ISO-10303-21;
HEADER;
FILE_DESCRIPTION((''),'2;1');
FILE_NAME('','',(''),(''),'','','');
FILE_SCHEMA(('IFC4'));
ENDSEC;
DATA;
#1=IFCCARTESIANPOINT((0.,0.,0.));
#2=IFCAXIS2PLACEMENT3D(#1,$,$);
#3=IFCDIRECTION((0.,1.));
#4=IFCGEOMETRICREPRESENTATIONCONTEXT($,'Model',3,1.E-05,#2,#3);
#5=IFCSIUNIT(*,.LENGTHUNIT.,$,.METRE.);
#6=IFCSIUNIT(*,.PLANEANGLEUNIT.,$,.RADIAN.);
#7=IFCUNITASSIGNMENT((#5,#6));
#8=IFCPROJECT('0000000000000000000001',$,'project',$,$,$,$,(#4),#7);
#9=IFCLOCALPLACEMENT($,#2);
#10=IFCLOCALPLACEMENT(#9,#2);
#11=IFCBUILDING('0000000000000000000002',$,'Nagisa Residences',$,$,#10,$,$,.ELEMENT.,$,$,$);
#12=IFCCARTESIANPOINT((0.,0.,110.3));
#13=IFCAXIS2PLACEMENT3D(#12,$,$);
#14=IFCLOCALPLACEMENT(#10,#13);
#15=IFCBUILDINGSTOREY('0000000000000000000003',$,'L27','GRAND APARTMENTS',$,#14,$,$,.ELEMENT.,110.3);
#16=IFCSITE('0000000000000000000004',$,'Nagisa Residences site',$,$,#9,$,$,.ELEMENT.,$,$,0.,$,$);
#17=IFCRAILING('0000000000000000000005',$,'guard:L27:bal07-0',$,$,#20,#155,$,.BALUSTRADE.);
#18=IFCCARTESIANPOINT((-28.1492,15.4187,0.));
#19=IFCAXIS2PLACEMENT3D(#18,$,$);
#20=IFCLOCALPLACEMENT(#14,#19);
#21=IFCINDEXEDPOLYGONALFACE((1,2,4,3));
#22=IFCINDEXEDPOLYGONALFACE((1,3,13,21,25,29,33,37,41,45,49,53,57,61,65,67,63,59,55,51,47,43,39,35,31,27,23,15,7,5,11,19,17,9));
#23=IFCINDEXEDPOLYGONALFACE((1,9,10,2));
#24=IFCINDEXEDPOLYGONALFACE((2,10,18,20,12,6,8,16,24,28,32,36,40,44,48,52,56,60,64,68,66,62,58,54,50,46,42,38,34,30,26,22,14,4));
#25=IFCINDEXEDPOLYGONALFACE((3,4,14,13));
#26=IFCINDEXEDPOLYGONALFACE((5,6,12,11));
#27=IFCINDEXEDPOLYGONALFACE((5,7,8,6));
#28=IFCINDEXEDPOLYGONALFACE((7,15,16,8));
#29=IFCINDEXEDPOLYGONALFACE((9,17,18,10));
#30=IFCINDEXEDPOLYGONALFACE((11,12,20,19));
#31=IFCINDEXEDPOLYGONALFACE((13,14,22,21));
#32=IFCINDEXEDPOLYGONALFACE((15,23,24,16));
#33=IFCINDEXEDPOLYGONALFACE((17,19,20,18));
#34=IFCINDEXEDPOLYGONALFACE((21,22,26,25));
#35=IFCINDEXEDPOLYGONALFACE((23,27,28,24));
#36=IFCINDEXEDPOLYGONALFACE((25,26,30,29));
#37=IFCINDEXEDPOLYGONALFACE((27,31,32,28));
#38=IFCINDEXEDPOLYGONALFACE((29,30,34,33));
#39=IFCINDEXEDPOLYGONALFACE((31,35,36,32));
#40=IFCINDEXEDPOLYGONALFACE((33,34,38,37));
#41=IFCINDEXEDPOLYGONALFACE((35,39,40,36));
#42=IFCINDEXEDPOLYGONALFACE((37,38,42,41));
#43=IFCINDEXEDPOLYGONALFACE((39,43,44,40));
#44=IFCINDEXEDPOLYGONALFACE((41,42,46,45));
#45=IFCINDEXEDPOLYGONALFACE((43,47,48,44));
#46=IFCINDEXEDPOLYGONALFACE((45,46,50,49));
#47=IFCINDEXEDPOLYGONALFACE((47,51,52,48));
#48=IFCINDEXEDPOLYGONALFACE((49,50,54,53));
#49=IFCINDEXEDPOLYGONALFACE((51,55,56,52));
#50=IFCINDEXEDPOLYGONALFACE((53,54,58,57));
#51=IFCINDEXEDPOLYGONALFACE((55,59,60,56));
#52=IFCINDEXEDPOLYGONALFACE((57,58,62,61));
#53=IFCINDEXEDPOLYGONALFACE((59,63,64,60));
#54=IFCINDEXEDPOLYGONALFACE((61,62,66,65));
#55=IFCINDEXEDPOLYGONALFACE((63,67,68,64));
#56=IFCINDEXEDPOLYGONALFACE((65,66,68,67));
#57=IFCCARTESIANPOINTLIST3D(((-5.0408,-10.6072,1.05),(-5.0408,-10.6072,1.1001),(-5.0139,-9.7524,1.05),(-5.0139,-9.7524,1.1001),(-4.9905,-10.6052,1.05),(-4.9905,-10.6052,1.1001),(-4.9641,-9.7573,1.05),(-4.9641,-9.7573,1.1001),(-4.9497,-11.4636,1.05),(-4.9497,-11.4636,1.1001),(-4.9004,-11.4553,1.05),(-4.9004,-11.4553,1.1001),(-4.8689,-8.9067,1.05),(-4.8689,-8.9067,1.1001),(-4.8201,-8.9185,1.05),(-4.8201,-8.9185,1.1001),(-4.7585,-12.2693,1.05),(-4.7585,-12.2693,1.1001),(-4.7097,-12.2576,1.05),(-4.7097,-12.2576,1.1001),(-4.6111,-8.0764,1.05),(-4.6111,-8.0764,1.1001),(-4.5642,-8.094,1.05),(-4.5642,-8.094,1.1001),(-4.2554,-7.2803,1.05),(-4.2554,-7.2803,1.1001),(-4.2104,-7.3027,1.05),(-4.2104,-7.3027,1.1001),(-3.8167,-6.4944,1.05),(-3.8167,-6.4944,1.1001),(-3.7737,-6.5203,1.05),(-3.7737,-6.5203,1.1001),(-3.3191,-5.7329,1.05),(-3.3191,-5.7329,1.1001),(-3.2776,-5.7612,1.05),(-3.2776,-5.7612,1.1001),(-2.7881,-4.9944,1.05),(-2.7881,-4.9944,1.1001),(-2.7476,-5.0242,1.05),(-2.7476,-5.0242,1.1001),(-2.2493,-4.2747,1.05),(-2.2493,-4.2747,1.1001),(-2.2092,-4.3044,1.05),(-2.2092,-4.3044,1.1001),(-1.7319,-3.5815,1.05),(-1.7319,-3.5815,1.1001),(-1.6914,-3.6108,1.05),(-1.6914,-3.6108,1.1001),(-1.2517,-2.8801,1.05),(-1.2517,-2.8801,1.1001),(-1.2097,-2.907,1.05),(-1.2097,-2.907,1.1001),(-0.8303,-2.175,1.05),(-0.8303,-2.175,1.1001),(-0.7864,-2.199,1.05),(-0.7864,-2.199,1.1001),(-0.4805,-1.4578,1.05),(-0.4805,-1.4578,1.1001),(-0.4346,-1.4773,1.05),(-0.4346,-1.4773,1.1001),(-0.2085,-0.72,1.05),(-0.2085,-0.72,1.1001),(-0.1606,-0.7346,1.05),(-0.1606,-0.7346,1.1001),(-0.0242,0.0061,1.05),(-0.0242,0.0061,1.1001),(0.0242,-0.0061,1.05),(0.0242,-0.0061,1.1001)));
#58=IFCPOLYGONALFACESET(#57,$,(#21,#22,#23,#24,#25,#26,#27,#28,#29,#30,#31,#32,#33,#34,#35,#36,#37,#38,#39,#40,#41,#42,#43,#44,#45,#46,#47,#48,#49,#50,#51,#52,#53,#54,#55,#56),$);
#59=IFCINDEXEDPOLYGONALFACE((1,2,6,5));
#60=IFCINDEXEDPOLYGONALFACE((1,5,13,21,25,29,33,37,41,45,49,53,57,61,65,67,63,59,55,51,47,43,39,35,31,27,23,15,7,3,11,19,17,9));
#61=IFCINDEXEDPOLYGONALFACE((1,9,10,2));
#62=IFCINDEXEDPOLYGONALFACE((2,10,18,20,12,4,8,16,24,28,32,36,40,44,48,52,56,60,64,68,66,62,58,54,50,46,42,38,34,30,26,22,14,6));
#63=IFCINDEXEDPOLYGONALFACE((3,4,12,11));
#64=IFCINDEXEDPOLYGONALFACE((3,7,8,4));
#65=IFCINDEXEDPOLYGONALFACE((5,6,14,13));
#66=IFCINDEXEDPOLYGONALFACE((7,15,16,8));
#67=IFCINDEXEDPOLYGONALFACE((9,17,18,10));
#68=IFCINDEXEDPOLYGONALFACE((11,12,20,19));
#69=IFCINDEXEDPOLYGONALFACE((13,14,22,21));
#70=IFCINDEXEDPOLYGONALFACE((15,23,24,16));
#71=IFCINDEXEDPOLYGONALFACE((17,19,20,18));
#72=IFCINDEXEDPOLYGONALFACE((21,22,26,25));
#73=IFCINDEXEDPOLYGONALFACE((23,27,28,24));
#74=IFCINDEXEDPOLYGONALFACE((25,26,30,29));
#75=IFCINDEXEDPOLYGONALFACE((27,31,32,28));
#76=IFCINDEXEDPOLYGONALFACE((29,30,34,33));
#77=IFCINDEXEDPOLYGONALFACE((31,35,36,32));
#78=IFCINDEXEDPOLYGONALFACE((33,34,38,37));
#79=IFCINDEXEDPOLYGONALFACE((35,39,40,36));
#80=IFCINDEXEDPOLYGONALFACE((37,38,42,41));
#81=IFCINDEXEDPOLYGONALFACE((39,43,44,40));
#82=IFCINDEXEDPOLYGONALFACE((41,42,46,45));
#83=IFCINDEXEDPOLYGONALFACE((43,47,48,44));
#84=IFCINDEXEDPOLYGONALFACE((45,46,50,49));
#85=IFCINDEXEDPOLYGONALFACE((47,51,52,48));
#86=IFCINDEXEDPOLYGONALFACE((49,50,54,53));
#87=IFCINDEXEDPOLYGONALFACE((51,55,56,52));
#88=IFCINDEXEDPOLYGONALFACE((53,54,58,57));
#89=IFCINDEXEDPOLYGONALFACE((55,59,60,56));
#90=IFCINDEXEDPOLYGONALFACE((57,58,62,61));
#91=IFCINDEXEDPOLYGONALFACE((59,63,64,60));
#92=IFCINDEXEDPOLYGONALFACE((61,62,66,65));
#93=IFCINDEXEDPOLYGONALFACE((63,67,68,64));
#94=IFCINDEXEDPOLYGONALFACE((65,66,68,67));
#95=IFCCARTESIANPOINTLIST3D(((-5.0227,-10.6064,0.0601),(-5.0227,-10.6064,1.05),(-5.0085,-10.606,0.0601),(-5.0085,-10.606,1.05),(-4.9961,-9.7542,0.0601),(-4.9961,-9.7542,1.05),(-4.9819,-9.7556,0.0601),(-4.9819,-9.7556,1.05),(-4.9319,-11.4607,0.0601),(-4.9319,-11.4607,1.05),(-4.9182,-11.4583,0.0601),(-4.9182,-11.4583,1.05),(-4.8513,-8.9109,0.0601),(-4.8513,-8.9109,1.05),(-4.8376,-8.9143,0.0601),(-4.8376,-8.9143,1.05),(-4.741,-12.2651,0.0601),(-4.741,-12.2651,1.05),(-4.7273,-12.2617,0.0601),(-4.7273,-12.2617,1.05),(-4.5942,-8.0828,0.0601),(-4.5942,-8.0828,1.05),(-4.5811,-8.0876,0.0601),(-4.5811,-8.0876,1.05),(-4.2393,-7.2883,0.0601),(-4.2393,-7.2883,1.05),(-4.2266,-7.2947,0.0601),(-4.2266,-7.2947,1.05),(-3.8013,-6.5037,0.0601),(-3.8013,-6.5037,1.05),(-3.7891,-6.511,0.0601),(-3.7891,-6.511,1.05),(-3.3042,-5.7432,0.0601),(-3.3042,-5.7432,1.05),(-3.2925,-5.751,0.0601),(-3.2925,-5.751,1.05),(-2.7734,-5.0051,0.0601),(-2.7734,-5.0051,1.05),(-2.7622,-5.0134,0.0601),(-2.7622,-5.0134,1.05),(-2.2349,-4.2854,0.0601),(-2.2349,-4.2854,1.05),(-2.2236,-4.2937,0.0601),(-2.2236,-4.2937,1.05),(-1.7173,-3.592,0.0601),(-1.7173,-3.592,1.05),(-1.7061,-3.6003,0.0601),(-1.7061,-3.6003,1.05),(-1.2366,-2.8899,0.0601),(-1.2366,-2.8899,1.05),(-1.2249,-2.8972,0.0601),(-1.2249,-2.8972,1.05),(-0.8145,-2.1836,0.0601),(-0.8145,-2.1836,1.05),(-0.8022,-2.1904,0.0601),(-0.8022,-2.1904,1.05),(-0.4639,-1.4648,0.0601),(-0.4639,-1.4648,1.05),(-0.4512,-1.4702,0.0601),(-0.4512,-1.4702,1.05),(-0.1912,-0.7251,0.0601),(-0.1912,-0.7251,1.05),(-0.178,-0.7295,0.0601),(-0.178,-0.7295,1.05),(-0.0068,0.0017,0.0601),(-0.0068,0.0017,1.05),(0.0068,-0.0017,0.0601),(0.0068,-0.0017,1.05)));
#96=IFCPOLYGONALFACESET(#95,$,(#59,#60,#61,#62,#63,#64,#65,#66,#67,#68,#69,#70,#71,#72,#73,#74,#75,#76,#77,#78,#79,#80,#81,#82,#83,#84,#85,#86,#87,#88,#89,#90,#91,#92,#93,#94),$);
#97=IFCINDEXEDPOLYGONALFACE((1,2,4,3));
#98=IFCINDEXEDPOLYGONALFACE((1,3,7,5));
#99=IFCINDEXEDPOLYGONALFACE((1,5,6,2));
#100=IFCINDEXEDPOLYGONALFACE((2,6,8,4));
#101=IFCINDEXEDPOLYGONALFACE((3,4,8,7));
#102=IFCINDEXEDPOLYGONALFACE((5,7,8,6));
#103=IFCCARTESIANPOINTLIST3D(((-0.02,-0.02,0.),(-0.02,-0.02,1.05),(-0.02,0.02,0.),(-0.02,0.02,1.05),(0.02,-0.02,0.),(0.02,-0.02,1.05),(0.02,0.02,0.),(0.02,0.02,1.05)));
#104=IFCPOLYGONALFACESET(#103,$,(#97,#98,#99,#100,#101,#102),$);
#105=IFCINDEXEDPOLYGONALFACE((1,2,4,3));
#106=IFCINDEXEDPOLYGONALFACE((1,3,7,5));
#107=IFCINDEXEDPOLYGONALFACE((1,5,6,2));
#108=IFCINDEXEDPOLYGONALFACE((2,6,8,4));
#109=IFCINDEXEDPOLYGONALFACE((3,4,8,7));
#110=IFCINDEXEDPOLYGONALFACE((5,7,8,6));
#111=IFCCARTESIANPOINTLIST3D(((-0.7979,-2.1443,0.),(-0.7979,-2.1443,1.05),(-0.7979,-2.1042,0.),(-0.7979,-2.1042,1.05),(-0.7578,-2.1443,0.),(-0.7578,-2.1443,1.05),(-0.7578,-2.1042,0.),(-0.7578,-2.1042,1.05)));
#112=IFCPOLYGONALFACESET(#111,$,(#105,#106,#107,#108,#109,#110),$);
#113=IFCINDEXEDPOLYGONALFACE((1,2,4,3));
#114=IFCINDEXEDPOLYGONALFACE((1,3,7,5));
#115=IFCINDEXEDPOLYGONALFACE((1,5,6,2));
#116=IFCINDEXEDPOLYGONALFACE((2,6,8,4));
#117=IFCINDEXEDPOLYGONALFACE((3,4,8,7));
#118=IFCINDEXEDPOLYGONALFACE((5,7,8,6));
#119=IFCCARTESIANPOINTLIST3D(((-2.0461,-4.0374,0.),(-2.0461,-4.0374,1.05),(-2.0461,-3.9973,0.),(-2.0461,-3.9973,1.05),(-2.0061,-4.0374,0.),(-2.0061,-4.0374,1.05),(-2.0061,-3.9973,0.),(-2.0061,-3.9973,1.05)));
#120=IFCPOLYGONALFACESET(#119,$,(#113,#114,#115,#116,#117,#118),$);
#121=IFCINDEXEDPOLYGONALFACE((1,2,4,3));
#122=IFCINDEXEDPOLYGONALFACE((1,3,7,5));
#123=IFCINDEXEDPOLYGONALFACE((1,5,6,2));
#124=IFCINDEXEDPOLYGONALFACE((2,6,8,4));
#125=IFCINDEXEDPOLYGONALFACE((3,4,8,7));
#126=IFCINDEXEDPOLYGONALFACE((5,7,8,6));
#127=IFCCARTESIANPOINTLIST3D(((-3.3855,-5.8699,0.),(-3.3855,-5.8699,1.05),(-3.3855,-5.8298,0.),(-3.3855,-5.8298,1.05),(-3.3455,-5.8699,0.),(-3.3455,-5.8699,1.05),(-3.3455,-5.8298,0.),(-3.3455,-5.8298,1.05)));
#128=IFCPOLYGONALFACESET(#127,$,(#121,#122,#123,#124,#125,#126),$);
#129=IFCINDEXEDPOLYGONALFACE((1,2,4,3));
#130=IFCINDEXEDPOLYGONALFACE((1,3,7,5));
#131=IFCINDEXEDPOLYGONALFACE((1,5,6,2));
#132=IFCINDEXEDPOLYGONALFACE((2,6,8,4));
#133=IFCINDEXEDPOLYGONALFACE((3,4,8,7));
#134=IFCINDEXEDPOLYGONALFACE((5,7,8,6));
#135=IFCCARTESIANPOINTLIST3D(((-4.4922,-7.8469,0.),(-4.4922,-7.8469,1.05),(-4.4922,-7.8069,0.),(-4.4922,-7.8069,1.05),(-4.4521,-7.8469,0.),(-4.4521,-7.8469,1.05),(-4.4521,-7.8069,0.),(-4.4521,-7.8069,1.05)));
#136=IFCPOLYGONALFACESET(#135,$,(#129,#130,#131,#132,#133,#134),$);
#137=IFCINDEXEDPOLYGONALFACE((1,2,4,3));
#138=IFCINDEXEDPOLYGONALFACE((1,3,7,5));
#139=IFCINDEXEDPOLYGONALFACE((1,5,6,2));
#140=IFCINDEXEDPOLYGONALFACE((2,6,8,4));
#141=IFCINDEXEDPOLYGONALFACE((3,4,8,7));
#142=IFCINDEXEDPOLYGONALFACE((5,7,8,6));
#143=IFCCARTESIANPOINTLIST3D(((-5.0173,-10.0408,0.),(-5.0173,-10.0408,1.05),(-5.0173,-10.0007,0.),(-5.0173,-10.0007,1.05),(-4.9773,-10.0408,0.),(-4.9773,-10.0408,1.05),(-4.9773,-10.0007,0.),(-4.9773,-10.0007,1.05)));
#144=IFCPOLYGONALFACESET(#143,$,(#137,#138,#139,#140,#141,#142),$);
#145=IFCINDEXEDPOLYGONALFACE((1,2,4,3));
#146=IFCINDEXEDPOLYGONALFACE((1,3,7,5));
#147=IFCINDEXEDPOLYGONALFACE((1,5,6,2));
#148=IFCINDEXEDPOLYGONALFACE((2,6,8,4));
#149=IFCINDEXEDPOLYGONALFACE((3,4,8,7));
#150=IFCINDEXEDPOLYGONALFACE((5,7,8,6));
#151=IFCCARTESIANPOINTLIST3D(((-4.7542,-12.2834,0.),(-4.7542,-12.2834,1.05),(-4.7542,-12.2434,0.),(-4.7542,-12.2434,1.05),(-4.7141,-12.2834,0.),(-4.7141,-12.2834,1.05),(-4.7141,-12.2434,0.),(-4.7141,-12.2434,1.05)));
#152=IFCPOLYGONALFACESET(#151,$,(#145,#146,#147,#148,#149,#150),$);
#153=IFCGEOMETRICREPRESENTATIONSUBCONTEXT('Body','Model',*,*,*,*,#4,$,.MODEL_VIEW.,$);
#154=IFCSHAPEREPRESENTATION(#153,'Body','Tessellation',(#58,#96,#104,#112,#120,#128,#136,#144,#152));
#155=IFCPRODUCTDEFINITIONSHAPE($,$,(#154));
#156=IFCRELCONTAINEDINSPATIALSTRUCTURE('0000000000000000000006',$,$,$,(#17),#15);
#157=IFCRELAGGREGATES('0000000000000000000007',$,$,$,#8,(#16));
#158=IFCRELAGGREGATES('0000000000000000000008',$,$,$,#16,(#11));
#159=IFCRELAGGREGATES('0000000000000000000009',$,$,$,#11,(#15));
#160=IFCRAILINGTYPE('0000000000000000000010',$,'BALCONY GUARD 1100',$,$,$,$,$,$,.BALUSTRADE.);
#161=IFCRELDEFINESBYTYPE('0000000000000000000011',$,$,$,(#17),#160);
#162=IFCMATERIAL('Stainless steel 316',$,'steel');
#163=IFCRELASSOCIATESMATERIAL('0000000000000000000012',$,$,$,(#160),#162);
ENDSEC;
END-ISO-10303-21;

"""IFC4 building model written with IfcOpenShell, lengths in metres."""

from ifc_helpers import new_model, si_unit, direction, frame, origin, origin_2d, place, context, subcontext, project, spatial, polyline, rectangle, outline, extrude, material, type_object, element, save


model = new_model("IFC4")

# Units and contexts
model_context = context("Model", 3, precision=1e-05, world=origin(), true_north=direction((0.0, 1.0)))
body_context = subcontext(model_context, "Body", "Model", "MODEL_VIEW")
ifc_project = project(units=[si_unit("LENGTHUNIT", "METRE"), si_unit("PLANEANGLEUNIT", "RADIAN")], contexts=[model_context])

# Site, building, storey
site_placement = place(None, origin())
site = spatial("IfcSite", under=ifc_project, at=site_placement, Name="Nagisa Residences site", CompositionType="ELEMENT", RefElevation=0.0)
building_placement = place(site_placement, origin())
building = spatial("IfcBuilding", under=site, at=building_placement, Name="Nagisa Residences", CompositionType="ELEMENT")
storey_placement = place(building_placement, frame((0.0, 0.0, 110.3)))
storey = spatial("IfcBuildingStorey", under=building, at=storey_placement, Name="L27", Description="GRAND APARTMENTS", CompositionType="ELEMENT", Elevation=110.3)

# Railing
ifc_material_1 = material(Name="Stainless steel 316", Category="steel")
railing_type = type_object("IfcRailingType", Name="BALCONY GUARD 1100", PredefinedType="BALUSTRADE", material=ifc_material_1)
railing_1_placement = place(storey_placement, frame((-28.1492, 15.4187, 0.0)))
element("IfcRailing", 1, at=railing_1_placement, inside=storey, type_object=railing_type, Name="guard:L27:bal07-0", PredefinedType="BALUSTRADE", context=body_context, shape_type="SweptSolid", body=[
    extrude(outline(polyline([(-0.1606, -0.7346), (0.0242, -0.0061), (-0.0242, 0.0061), (-0.2085, -0.72), (-0.4805, -1.4578), (-0.8303, -2.175), (-1.2517, -2.8801), (-1.7319, -3.5815), (-2.2493, -4.2747), (-2.7881, -4.9944), (-3.3191, -5.7329), (-3.8167, -6.4944), (-4.2554, -7.2803), (-4.6111, -8.0764), (-4.8689, -8.9067), (-5.0139, -9.7524), (-5.0408, -10.6072), (-4.9497, -11.4636), (-4.7585, -12.2693), (-4.7097, -12.2576), (-4.9004, -11.4553), (-4.9905, -10.6052), (-4.9641, -9.7573), (-4.8201, -8.9185), (-4.5642, -8.094), (-4.2104, -7.3027), (-3.7737, -6.5203), (-3.2776, -5.7612), (-2.7476, -5.0242), (-2.2092, -4.3044), (-1.6914, -3.6108), (-1.2097, -2.907), (-0.7864, -2.199), (-0.4346, -1.4773), (-0.1606, -0.7346)])), frame((0.0, 0.0, 1.05)), (0.0, 0.0, 1.0), 0.05),
    extrude(outline(polyline([(-0.178, -0.7295), (0.0068, -0.0017), (-0.0068, 0.0017), (-0.1912, -0.7251), (-0.4639, -1.4648), (-0.8145, -2.1836), (-1.2366, -2.8899), (-1.7173, -3.592), (-2.2349, -4.2854), (-2.7734, -5.0051), (-3.3042, -5.7432), (-3.8013, -6.5037), (-4.2393, -7.2883), (-4.5942, -8.0828), (-4.8513, -8.9109), (-4.9961, -9.7542), (-5.0227, -10.6064), (-4.9319, -11.4607), (-4.741, -12.2651), (-4.7273, -12.2617), (-4.9182, -11.4583), (-5.0085, -10.606), (-4.9819, -9.7556), (-4.8376, -8.9143), (-4.5811, -8.0876), (-4.2266, -7.2947), (-3.7891, -6.511), (-3.2925, -5.751), (-2.7622, -5.0134), (-2.2236, -4.2937), (-1.7061, -3.6003), (-1.2249, -2.8972), (-0.8022, -2.1904), (-0.4512, -1.4702), (-0.178, -0.7295)])), frame((0.0, 0.0, 0.0601)), (0.0, 0.0, 1.0), 0.99),
    extrude(rectangle(XDim=0.04, YDim=0.04, at=origin_2d()), origin(), (0.0, 0.0, 1.0), 1.05),
    extrude(rectangle(XDim=0.04, YDim=0.04, at=origin_2d()), frame((-0.7778, -2.1243, 0.0)), (0.0, 0.0, 1.0), 1.05),
    extrude(rectangle(XDim=0.04, YDim=0.04, at=origin_2d()), frame((-2.0261, -4.0173, 0.0)), (0.0, 0.0, 1.0), 1.05),
    extrude(rectangle(XDim=0.04, YDim=0.04, at=origin_2d()), frame((-3.3655, -5.8499, 0.0)), (0.0, 0.0, 1.0), 1.05),
    extrude(rectangle(XDim=0.04, YDim=0.04, at=origin_2d()), frame((-4.4722, -7.8269, 0.0)), (0.0, 0.0, 1.0), 1.05),
    extrude(rectangle(XDim=0.04, YDim=0.04, at=origin_2d()), frame((-4.9973, -10.0208, 0.0)), (0.0, 0.0, 1.0), 1.05),
    extrude(rectangle(XDim=0.04, YDim=0.04, at=origin_2d()), frame((-4.7341, -12.2634, 0.0)), (0.0, 0.0, 1.0), 1.05),
])

save(model, "model.ifc")
